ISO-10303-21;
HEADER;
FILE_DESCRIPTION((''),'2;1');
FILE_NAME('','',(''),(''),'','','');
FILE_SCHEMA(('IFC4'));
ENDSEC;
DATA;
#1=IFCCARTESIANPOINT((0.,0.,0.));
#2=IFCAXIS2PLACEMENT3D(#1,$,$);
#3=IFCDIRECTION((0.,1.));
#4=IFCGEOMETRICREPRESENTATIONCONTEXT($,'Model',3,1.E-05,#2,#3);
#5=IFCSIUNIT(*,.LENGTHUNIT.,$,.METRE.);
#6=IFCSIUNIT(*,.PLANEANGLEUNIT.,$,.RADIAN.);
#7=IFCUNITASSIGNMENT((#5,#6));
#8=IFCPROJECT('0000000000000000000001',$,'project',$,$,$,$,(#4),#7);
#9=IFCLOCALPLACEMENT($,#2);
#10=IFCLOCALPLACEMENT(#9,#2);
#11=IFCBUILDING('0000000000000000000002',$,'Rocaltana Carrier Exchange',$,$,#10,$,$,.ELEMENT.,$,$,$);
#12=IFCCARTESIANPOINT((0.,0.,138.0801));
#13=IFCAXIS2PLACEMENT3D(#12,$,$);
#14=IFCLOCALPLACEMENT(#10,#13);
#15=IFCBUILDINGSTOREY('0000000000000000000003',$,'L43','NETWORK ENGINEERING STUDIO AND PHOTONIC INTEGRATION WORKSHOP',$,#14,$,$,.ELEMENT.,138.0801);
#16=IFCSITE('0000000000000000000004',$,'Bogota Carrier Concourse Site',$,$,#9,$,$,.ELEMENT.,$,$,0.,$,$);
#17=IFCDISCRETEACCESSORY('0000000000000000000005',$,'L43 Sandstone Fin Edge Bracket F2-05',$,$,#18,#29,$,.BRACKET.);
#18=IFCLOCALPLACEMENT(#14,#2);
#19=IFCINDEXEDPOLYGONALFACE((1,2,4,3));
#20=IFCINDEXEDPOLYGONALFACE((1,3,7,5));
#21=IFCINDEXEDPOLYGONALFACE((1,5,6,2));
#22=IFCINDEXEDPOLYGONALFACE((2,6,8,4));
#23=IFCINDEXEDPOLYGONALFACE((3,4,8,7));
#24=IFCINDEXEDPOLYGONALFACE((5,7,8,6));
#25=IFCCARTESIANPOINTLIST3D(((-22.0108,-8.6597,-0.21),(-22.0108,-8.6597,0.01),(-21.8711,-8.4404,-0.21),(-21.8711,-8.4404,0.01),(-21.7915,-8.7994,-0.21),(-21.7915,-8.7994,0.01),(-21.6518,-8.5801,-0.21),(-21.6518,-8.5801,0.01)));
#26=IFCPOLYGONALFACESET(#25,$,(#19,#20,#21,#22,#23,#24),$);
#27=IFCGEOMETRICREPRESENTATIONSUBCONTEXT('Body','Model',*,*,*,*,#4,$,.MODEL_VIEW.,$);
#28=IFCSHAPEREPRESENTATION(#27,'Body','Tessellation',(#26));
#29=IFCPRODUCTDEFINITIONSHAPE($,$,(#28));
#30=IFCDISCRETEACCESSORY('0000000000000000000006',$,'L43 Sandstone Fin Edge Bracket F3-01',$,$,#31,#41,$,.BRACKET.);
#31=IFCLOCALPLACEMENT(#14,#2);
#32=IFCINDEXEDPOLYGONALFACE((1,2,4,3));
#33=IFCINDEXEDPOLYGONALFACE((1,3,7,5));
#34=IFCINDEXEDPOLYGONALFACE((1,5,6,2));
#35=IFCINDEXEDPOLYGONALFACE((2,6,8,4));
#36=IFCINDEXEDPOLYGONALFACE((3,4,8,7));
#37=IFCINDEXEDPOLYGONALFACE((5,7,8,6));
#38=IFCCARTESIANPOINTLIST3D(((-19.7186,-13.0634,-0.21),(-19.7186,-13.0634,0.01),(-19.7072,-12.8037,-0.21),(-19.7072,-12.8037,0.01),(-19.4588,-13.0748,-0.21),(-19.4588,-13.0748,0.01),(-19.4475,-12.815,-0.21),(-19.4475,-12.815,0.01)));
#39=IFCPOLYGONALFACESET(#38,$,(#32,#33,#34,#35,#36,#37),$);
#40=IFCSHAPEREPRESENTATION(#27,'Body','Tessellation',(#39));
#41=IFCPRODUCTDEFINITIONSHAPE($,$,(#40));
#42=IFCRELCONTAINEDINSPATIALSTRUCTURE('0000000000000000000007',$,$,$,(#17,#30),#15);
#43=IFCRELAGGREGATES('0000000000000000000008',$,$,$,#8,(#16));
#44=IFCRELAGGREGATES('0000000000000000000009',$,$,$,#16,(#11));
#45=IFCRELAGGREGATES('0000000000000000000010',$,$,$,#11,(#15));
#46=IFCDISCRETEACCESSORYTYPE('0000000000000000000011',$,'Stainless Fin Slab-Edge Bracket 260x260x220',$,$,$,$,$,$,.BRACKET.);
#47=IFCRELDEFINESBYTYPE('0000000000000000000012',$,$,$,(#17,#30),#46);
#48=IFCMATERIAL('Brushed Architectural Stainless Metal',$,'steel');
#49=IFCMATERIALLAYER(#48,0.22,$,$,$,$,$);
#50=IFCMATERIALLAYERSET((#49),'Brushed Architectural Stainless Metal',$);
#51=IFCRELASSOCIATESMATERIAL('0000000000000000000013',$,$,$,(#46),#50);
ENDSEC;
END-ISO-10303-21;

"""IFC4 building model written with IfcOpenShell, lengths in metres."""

from ifc_helpers import new_model, si_unit, direction, frame, origin, origin_2d, place, context, subcontext, project, spatial, rectangle, extrude, material, layer, layer_set, type_object, element, save


model = new_model("IFC4")

# Units and contexts
model_context = context("Model", 3, precision=1e-05, world=origin(), true_north=direction((0.0, 1.0)))
body_context = subcontext(model_context, "Body", "Model", "MODEL_VIEW")
ifc_project = project(units=[si_unit("LENGTHUNIT", "METRE"), si_unit("PLANEANGLEUNIT", "RADIAN")], contexts=[model_context])

# Site, building, storey
site_placement = place(None, origin())
site = spatial("IfcSite", under=ifc_project, at=site_placement, Name="Bogota Carrier Concourse Site", CompositionType="ELEMENT", RefElevation=0.0)
building_placement = place(site_placement, origin())
building = spatial("IfcBuilding", under=site, at=building_placement, Name="Rocaltana Carrier Exchange", CompositionType="ELEMENT")
storey_placement = place(building_placement, frame((0.0, 0.0, 138.0801)))
storey = spatial("IfcBuildingStorey", under=building, at=storey_placement, Name="L43", Description="NETWORK ENGINEERING STUDIO AND PHOTONIC INTEGRATION WORKSHOP", CompositionType="ELEMENT", Elevation=138.0801)

# Discrete accessories
ifc_material_1 = material(Name="Brushed Architectural Stainless Metal", Category="steel")
ifc_layer_1 = layer(ifc_material_1, 0.22)
ifc_layer_set_1 = layer_set([ifc_layer_1], Name="Brushed Architectural Stainless Metal")
discrete_accessory_type = type_object("IfcDiscreteAccessoryType", Name="Stainless Fin Slab-Edge Bracket 260x260x220", PredefinedType="BRACKET", material=ifc_layer_set_1)
for number, where, z_axis, x_axis, name in (
    (1, (-21.8313, -8.6199, -0.21), (0.0, 0.0, 1.0), (-0.5373, -0.843391, 0.0), "L43 Sandstone Fin Edge Bracket F2-05"),
    (2, (-19.583, -12.9392, -0.21), (0.0, 0.0, 1.0), (0.999048, -0.043619, 0.0), "L43 Sandstone Fin Edge Bracket F3-01"),
):
    element("IfcDiscreteAccessory", number, at=place(storey_placement, frame(where, z_axis=z_axis, x_axis=x_axis)), inside=storey, type_object=discrete_accessory_type, Name=name, PredefinedType="BRACKET", context=body_context, shape_type="SweptSolid", body=[
        extrude(rectangle(XDim=0.26, YDim=0.26, at=origin_2d()), origin(), (0.0, 0.0, 1.0), 0.22),
    ])

save(model, "model.ifc")
